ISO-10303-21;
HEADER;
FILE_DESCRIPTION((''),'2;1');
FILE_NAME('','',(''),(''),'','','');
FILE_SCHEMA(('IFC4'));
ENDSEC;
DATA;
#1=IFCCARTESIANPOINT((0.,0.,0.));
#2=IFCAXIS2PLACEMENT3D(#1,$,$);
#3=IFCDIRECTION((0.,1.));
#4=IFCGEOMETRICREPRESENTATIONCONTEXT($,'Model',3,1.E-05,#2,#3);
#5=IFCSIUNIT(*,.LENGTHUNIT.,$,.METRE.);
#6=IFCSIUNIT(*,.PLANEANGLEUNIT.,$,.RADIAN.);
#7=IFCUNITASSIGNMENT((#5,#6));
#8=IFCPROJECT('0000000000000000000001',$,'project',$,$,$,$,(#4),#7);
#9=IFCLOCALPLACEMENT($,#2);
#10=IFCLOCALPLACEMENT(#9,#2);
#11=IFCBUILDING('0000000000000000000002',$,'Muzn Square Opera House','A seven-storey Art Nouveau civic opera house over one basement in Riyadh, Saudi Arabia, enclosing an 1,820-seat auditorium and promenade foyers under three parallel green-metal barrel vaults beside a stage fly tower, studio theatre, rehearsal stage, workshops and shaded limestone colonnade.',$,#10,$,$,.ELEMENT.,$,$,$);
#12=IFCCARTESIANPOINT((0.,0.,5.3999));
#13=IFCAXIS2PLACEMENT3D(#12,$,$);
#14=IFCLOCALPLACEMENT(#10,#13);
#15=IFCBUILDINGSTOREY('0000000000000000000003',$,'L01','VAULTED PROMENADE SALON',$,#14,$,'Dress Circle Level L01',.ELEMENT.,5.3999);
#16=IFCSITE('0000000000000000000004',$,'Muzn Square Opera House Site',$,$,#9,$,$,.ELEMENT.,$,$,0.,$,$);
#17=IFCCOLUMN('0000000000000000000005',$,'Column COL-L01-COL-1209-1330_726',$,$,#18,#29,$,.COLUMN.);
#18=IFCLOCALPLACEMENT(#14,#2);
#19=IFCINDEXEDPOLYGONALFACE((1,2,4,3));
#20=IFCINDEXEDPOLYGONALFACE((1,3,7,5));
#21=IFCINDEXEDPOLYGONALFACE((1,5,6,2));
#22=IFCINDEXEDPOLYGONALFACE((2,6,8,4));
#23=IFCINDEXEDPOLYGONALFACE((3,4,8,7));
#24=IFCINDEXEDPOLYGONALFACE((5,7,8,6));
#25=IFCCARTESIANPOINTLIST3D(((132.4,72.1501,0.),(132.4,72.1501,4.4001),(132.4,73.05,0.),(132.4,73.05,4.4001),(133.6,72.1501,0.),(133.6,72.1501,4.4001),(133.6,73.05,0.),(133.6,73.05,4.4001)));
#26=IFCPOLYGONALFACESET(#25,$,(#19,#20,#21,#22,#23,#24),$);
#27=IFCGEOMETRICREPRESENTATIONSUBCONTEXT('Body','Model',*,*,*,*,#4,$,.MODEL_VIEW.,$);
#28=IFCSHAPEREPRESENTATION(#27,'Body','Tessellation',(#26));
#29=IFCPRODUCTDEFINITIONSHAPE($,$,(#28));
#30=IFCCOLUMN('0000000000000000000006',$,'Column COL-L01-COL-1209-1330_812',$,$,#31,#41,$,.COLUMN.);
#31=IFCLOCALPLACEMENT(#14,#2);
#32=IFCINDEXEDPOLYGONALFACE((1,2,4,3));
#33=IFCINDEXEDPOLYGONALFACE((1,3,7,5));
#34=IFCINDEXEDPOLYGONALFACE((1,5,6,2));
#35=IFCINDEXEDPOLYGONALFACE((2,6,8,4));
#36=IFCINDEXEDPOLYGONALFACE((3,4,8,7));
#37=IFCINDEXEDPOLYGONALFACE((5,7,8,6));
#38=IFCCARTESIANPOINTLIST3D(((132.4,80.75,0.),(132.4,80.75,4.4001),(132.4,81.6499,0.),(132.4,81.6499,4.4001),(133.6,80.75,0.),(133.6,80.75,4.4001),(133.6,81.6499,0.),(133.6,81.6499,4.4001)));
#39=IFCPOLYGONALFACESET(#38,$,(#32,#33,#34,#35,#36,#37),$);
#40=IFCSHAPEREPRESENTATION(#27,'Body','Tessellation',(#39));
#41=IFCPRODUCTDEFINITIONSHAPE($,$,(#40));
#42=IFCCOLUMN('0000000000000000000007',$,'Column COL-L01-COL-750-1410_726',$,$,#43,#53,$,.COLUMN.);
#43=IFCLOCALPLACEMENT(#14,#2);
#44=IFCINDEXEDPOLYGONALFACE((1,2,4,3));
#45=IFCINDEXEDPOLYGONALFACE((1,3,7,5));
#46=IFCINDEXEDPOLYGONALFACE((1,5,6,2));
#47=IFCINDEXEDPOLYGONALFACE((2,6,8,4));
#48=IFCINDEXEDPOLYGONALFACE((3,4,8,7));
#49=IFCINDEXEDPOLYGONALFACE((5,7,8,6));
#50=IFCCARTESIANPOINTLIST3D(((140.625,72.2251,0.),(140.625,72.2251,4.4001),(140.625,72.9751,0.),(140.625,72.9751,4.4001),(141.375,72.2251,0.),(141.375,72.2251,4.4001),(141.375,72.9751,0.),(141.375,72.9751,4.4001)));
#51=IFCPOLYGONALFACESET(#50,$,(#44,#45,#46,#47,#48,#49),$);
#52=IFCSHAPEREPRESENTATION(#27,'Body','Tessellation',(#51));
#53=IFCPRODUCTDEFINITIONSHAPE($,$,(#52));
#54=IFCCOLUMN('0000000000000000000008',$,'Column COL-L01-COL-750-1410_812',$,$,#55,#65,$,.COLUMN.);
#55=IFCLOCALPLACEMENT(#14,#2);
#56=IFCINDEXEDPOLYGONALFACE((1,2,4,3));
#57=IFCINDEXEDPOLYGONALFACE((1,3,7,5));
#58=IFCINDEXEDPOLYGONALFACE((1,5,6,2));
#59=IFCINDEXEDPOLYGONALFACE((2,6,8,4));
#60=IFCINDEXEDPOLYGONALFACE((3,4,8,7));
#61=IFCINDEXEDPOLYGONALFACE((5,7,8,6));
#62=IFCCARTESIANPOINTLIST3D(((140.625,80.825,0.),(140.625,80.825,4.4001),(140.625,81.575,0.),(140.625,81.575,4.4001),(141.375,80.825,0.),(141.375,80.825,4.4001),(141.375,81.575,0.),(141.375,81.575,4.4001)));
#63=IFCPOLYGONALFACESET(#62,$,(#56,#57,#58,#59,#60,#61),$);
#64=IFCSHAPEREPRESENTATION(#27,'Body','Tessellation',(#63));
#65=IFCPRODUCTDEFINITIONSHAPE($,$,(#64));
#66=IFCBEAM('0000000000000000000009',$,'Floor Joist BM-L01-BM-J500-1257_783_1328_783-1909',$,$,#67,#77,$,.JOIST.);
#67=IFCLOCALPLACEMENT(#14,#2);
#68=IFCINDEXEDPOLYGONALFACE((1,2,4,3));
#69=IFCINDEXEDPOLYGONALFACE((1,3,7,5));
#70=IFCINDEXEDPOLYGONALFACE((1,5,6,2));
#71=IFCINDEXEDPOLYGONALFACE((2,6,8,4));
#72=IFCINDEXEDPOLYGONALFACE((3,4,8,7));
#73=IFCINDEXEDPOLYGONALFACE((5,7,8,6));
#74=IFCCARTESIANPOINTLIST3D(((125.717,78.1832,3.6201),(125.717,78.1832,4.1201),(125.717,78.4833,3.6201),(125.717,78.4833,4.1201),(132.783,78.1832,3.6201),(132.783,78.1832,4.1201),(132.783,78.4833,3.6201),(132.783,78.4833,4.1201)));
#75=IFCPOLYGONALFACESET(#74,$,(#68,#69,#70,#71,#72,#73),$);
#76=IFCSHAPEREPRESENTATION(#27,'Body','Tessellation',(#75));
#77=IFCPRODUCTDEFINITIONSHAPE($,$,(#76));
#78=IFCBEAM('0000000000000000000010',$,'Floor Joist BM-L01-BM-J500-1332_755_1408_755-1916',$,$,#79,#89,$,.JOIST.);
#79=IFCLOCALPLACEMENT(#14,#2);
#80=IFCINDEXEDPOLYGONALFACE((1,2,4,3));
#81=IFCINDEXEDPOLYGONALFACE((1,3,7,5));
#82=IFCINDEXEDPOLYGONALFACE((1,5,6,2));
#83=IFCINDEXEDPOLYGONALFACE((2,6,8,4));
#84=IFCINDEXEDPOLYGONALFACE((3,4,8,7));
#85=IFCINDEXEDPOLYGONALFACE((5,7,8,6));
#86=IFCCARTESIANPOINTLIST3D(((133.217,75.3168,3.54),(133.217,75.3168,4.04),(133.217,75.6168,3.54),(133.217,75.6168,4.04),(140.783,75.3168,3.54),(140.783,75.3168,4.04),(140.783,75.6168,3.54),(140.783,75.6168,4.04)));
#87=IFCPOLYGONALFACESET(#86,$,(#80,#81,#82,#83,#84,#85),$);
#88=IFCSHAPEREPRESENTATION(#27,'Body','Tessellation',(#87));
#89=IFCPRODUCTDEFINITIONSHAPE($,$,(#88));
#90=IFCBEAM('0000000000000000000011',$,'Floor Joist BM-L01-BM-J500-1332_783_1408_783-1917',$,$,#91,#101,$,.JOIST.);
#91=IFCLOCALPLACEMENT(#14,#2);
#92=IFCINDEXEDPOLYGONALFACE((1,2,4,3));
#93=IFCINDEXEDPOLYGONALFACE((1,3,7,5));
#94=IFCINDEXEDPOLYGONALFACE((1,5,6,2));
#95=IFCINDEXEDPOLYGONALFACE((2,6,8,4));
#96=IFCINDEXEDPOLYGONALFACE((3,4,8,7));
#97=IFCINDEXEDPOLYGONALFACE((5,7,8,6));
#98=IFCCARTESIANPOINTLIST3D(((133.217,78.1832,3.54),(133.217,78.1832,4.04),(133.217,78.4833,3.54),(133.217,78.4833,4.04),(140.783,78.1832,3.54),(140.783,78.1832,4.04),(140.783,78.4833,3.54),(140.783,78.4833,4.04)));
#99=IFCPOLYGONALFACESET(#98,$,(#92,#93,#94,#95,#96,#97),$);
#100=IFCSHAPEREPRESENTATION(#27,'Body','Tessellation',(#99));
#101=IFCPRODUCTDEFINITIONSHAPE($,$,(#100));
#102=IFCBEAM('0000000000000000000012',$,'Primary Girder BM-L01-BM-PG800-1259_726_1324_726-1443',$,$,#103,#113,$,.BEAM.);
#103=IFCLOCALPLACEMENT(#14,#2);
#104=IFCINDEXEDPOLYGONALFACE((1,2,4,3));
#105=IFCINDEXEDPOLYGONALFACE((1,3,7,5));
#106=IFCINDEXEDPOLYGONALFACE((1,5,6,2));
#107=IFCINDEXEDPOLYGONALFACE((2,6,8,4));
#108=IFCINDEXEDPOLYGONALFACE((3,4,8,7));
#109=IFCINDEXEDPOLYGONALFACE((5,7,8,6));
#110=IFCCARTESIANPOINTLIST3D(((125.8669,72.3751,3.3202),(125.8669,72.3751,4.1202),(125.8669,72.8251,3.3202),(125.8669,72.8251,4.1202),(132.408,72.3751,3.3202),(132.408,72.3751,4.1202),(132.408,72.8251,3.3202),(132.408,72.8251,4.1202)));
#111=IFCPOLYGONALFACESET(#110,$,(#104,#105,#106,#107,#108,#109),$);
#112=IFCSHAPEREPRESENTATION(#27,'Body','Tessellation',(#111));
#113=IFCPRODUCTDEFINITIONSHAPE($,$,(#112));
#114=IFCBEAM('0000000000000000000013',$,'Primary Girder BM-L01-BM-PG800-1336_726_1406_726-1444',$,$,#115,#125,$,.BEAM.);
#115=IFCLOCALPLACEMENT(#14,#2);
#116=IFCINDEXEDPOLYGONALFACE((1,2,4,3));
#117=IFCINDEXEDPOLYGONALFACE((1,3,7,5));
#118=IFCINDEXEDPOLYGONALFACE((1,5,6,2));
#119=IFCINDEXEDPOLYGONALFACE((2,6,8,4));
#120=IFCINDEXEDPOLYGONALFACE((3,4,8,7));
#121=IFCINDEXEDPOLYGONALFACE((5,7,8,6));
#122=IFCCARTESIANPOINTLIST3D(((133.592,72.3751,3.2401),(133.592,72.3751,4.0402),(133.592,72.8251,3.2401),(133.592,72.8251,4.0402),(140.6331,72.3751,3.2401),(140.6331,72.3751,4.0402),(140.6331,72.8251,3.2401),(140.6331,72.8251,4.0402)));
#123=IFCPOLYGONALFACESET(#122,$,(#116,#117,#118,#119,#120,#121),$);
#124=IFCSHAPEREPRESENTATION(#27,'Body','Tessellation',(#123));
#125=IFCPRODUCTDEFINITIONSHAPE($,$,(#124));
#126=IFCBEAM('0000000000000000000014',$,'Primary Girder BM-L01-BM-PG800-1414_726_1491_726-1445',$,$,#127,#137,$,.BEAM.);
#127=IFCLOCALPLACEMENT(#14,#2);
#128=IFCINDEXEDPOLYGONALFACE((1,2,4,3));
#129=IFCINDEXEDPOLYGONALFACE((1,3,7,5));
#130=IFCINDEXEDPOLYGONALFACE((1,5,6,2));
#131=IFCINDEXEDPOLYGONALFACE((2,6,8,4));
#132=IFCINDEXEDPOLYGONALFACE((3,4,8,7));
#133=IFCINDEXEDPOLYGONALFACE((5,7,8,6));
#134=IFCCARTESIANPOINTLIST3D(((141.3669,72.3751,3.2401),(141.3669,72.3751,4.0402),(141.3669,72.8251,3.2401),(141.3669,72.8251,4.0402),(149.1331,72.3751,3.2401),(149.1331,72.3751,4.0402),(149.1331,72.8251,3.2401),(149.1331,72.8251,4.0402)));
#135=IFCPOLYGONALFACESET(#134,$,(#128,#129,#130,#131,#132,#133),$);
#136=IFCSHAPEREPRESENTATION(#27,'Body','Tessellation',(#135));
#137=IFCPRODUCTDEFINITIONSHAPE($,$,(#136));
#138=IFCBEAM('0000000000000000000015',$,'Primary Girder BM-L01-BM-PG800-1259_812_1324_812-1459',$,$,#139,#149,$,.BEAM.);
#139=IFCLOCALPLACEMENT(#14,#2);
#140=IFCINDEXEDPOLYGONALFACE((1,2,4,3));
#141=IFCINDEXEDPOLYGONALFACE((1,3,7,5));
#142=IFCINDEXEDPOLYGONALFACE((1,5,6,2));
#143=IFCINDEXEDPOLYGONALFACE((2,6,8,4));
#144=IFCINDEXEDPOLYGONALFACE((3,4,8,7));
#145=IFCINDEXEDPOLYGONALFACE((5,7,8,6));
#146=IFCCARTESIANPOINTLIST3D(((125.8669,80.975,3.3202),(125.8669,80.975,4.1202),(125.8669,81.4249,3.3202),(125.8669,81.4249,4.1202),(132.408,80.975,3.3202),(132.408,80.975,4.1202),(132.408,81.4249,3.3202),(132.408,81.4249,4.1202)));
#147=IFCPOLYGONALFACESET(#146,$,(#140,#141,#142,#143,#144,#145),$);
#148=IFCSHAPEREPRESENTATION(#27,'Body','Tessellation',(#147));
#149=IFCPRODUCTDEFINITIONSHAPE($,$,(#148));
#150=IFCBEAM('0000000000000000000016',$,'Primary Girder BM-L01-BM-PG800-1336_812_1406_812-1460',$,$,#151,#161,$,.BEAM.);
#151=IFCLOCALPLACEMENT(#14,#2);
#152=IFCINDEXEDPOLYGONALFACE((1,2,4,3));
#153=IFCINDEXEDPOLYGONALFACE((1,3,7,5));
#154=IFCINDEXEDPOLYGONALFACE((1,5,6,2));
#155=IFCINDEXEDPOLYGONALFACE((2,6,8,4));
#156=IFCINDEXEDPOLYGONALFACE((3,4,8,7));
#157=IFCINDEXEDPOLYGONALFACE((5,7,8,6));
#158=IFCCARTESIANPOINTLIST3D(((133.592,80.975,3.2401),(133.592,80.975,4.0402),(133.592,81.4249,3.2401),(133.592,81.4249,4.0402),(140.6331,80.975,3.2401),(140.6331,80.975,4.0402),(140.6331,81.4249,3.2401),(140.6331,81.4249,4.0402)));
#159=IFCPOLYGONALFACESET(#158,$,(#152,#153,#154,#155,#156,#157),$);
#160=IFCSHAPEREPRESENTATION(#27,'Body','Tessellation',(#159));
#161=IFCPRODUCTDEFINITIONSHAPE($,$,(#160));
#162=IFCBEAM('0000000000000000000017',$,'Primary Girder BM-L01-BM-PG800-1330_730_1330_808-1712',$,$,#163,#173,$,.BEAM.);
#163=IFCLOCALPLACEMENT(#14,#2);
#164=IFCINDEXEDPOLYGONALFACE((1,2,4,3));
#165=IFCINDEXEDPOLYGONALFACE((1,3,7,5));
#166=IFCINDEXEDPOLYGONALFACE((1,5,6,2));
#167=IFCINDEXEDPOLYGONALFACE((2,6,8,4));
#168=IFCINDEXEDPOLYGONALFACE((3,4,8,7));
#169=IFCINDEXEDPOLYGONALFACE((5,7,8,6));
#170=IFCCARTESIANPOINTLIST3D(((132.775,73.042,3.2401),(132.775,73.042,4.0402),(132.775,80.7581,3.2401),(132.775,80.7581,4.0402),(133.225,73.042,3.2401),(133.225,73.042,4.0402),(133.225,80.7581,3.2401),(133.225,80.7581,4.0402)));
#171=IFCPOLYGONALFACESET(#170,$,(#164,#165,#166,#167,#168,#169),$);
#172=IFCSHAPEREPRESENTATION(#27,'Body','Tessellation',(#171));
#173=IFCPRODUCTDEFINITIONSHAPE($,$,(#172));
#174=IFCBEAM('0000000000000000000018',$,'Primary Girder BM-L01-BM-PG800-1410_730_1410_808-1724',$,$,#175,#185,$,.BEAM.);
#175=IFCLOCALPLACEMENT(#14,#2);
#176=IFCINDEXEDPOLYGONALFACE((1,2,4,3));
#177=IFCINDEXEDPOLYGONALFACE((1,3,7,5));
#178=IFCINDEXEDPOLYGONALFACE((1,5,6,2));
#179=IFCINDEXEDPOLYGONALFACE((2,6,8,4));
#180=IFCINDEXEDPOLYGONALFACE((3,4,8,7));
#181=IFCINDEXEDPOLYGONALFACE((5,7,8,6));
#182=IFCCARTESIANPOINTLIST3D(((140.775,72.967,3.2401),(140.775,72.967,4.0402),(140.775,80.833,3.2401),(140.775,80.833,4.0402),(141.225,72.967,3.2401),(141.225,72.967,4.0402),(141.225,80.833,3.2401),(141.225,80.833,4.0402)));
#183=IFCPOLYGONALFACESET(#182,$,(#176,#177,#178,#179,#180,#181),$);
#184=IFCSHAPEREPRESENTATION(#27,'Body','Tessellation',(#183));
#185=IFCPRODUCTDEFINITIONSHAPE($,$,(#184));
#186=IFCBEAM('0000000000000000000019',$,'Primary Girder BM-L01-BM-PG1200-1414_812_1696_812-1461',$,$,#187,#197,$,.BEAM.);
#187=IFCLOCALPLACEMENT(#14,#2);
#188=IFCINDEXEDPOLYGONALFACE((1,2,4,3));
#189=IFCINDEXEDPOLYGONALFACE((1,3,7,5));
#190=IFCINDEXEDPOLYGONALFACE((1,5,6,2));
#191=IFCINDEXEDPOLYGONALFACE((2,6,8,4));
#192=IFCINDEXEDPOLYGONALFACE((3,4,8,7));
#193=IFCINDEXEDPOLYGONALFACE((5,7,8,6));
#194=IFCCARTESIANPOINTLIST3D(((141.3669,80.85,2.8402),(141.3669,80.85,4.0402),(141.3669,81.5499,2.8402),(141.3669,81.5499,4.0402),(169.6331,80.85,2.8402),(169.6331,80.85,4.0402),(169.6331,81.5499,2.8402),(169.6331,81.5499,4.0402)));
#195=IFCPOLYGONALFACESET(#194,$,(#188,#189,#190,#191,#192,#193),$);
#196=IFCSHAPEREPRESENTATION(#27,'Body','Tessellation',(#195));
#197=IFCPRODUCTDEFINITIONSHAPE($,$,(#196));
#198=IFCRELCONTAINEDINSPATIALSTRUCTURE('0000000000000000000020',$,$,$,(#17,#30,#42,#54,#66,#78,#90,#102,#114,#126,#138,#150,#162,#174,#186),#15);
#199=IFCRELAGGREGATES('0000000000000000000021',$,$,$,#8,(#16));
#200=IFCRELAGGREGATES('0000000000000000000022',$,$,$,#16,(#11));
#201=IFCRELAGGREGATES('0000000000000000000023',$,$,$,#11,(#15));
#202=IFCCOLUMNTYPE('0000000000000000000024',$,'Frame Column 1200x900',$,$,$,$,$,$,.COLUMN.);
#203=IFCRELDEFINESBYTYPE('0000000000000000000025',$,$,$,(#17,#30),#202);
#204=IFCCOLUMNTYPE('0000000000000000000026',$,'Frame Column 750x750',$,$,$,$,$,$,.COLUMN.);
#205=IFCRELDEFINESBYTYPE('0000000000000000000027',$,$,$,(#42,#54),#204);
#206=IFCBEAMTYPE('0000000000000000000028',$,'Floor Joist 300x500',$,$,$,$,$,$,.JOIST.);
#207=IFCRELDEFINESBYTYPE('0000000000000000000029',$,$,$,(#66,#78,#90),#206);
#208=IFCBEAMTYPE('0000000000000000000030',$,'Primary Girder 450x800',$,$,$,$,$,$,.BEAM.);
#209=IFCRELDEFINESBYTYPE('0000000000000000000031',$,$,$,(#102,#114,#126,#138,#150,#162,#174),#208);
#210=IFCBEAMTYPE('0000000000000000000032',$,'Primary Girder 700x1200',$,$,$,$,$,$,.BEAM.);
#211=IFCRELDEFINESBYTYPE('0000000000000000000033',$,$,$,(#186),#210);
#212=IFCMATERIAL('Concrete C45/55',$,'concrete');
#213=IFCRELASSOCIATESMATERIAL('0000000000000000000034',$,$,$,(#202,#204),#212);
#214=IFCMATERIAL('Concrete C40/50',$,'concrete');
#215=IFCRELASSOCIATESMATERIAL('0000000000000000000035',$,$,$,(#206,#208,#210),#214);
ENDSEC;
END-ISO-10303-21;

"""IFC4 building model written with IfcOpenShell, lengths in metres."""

from ifc_helpers import new_model, si_unit, direction, frame, origin, origin_2d, place, context, subcontext, project, spatial, rectangle, extrude, material, material_profile, profile_set, type_object, element, save


model = new_model("IFC4")

# Units and contexts
model_context = context("Model", 3, precision=1e-05, world=origin(), true_north=direction((0.0, 1.0)))
body_context = subcontext(model_context, "Body", "Model", "MODEL_VIEW")
ifc_project = project(units=[si_unit("LENGTHUNIT", "METRE"), si_unit("PLANEANGLEUNIT", "RADIAN")], contexts=[model_context])

# Site, building, storey
site_placement = place(None, origin())
site = spatial("IfcSite", under=ifc_project, at=site_placement, Name="Muzn Square Opera House Site", CompositionType="ELEMENT", RefElevation=0.0)
building_placement = place(site_placement, origin())
building = spatial("IfcBuilding", under=site, at=building_placement, Name="Muzn Square Opera House", Description="A seven-storey Art Nouveau civic opera house over one basement in Riyadh, Saudi Arabia, enclosing an 1,820-seat auditorium and promenade foyers under three parallel green-metal barrel vaults beside a stage fly tower, studio theatre, rehearsal stage, workshops and shaded limestone colonnade.", CompositionType="ELEMENT")
storey_placement = place(building_placement, frame((0.0, 0.0, 5.3999)))
storey = spatial("IfcBuildingStorey", under=building, at=storey_placement, Name="L01", Description="VAULTED PROMENADE SALON", LongName="Dress Circle Level L01", CompositionType="ELEMENT", Elevation=5.3999)

# Columns
ifc_material_1 = material(Name="Concrete C45/55", Category="concrete")
ifc_material_profile_1 = material_profile(ifc_material_1, rectangle(XDim=1.2, YDim=0.8999, at=origin_2d()), Name="RC 1200x900", Category="concrete")
ifc_profile_set_1 = profile_set([ifc_material_profile_1], Name="Concrete C45/55")
column_type_1 = type_object("IfcColumnType", Name="Frame Column 1200x900", PredefinedType="COLUMN", material=ifc_profile_set_1)
for number, where, z_axis, x_axis, name in (
    (1, (133.0, 72.6001, 0.0), (0.0, 0.0, 1.0), (1.0, 0.0, 0.0), "Column COL-L01-COL-1209-1330_726"),
    (2, (133.0, 81.2, 0.0), (0.0, 0.0, 1.0), (1.0, 0.0, 0.0), "Column COL-L01-COL-1209-1330_812"),
):
    element("IfcColumn", number, at=place(storey_placement, frame(where, z_axis=z_axis, x_axis=x_axis)), inside=storey, type_object=column_type_1, Name=name, PredefinedType="COLUMN", context=body_context, shape_type="SweptSolid", body=[
        extrude(rectangle(XDim=1.2, YDim=0.8999, at=origin_2d()), origin(), (0.0, 0.0, 1.0), 4.4001),
    ])
ifc_material_profile_2 = material_profile(ifc_material_1, rectangle(XDim=0.75, YDim=0.75, at=origin_2d()), Name="RC 750x750", Category="concrete")
ifc_profile_set_2 = profile_set([ifc_material_profile_2], Name="Concrete C45/55")
column_type_2 = type_object("IfcColumnType", Name="Frame Column 750x750", PredefinedType="COLUMN", material=ifc_profile_set_2)
for number, where, z_axis, x_axis, name in (
    (3, (141.0, 72.6001, 0.0), (0.0, 0.0, 1.0), (1.0, 0.0, 0.0), "Column COL-L01-COL-750-1410_726"),
    (4, (141.0, 81.2, 0.0), (0.0, 0.0, 1.0), (1.0, 0.0, 0.0), "Column COL-L01-COL-750-1410_812"),
):
    element("IfcColumn", number, at=place(storey_placement, frame(where, z_axis=z_axis, x_axis=x_axis)), inside=storey, type_object=column_type_2, Name=name, PredefinedType="COLUMN", context=body_context, shape_type="SweptSolid", body=[
        extrude(rectangle(XDim=0.75, YDim=0.75, at=origin_2d()), origin(), (0.0, 0.0, 1.0), 4.4001),
    ])

# Beams
ifc_material_2 = material(Name="Concrete C40/50", Category="concrete")
ifc_material_profile_3 = material_profile(ifc_material_2, rectangle(XDim=0.3, YDim=0.5, at=origin_2d()), Name="RCJ 300x500", Category="concrete")
ifc_profile_set_3 = profile_set([ifc_material_profile_3], Name="Concrete C40/50")
beam_type_1 = type_object("IfcBeamType", Name="Floor Joist 300x500", PredefinedType="JOIST", material=ifc_profile_set_3)
beam_1_placement = place(storey_placement, frame((125.717, 78.3333, 3.8701), z_axis=(1.0, 0.0, 0.0), x_axis=(0.0, 1.0, 0.0)))
element("IfcBeam", 5, at=beam_1_placement, inside=storey, type_object=beam_type_1, Name="Floor Joist BM-L01-BM-J500-1257_783_1328_783-1909", PredefinedType="JOIST", context=body_context, shape_type="SweptSolid", body=[
    extrude(rectangle(XDim=0.3, YDim=0.5, at=origin_2d()), origin(), (0.0, 0.0, 1.0), 7.0659),
])
for number, where, z_axis, x_axis, name in (
    (6, (133.217, 75.4668, 3.79), (1.0, 0.0, 0.0), (0.0, 1.0, 0.0), "Floor Joist BM-L01-BM-J500-1332_755_1408_755-1916"),
    (7, (133.217, 78.3333, 3.79), (1.0, 0.0, 0.0), (0.0, 1.0, 0.0), "Floor Joist BM-L01-BM-J500-1332_783_1408_783-1917"),
):
    element("IfcBeam", number, at=place(storey_placement, frame(where, z_axis=z_axis, x_axis=x_axis)), inside=storey, type_object=beam_type_1, Name=name, PredefinedType="JOIST", context=body_context, shape_type="SweptSolid", body=[
        extrude(rectangle(XDim=0.3, YDim=0.5, at=origin_2d()), origin(), (0.0, 0.0, 1.0), 7.5659),
    ])
ifc_material_profile_4 = material_profile(ifc_material_2, rectangle(XDim=0.45, YDim=0.8, at=origin_2d()), Name="RCB 450x800", Category="concrete")
ifc_profile_set_4 = profile_set([ifc_material_profile_4], Name="Concrete C40/50")
beam_type_2 = type_object("IfcBeamType", Name="Primary Girder 450x800", PredefinedType="BEAM", material=ifc_profile_set_4)
beam_2_placement = place(storey_placement, frame((125.8669, 72.6001, 3.7202), z_axis=(1.0, 0.0, 0.0), x_axis=(0.0, 1.0, 0.0)))
element("IfcBeam", 8, at=beam_2_placement, inside=storey, type_object=beam_type_2, Name="Primary Girder BM-L01-BM-PG800-1259_726_1324_726-1443", PredefinedType="BEAM", context=body_context, shape_type="SweptSolid", body=[
    extrude(rectangle(XDim=0.45, YDim=0.8, at=origin_2d()), origin(), (0.0, 0.0, 1.0), 6.541),
])
beam_3_placement = place(storey_placement, frame((133.592, 72.6001, 3.6401), z_axis=(1.0, 0.0, 0.0), x_axis=(0.0, 1.0, 0.0)))
element("IfcBeam", 9, at=beam_3_placement, inside=storey, type_object=beam_type_2, Name="Primary Girder BM-L01-BM-PG800-1336_726_1406_726-1444", PredefinedType="BEAM", context=body_context, shape_type="SweptSolid", body=[
    extrude(rectangle(XDim=0.45, YDim=0.8, at=origin_2d()), origin(), (0.0, 0.0, 1.0), 7.041),
])
beam_4_placement = place(storey_placement, frame((141.3669, 72.6001, 3.6401), z_axis=(1.0, 0.0, 0.0), x_axis=(0.0, 1.0, 0.0)))
element("IfcBeam", 10, at=beam_4_placement, inside=storey, type_object=beam_type_2, Name="Primary Girder BM-L01-BM-PG800-1414_726_1491_726-1445", PredefinedType="BEAM", context=body_context, shape_type="SweptSolid", body=[
    extrude(rectangle(XDim=0.45, YDim=0.8, at=origin_2d()), origin(), (0.0, 0.0, 1.0), 7.7661),
])
beam_5_placement = place(storey_placement, frame((125.8669, 81.2, 3.7202), z_axis=(1.0, 0.0, 0.0), x_axis=(0.0, 1.0, 0.0)))
element("IfcBeam", 11, at=beam_5_placement, inside=storey, type_object=beam_type_2, Name="Primary Girder BM-L01-BM-PG800-1259_812_1324_812-1459", PredefinedType="BEAM", context=body_context, shape_type="SweptSolid", body=[
    extrude(rectangle(XDim=0.45, YDim=0.8, at=origin_2d()), origin(), (0.0, 0.0, 1.0), 6.541),
])
beam_6_placement = place(storey_placement, frame((133.592, 81.2, 3.6401), z_axis=(1.0, 0.0, 0.0), x_axis=(0.0, 1.0, 0.0)))
element("IfcBeam", 12, at=beam_6_placement, inside=storey, type_object=beam_type_2, Name="Primary Girder BM-L01-BM-PG800-1336_812_1406_812-1460", PredefinedType="BEAM", context=body_context, shape_type="SweptSolid", body=[
    extrude(rectangle(XDim=0.45, YDim=0.8, at=origin_2d()), origin(), (0.0, 0.0, 1.0), 7.041),
])
beam_7_placement = place(storey_placement, frame((133.0, 73.042, 3.6401), z_axis=(0.0, 1.0, 0.0), x_axis=(-1.0, 0.0, 0.0)))
element("IfcBeam", 13, at=beam_7_placement, inside=storey, type_object=beam_type_2, Name="Primary Girder BM-L01-BM-PG800-1330_730_1330_808-1712", PredefinedType="BEAM", context=body_context, shape_type="SweptSolid", body=[
    extrude(rectangle(XDim=0.45, YDim=0.8, at=origin_2d()), origin(), (0.0, 0.0, 1.0), 7.7161),
])
beam_8_placement = place(storey_placement, frame((141.0, 72.967, 3.6401), z_axis=(0.0, 1.0, 0.0), x_axis=(-1.0, 0.0, 0.0)))
element("IfcBeam", 14, at=beam_8_placement, inside=storey, type_object=beam_type_2, Name="Primary Girder BM-L01-BM-PG800-1410_730_1410_808-1724", PredefinedType="BEAM", context=body_context, shape_type="SweptSolid", body=[
    extrude(rectangle(XDim=0.45, YDim=0.8, at=origin_2d()), origin(), (0.0, 0.0, 1.0), 7.866),
])
ifc_material_profile_5 = material_profile(ifc_material_2, rectangle(XDim=0.7, YDim=1.2, at=origin_2d()), Name="RCB 700x1200", Category="concrete")
ifc_profile_set_5 = profile_set([ifc_material_profile_5], Name="Concrete C40/50")
beam_type_3 = type_object("IfcBeamType", Name="Primary Girder 700x1200", PredefinedType="BEAM", material=ifc_profile_set_5)
beam_9_placement = place(storey_placement, frame((141.3669, 81.2, 3.4402), z_axis=(1.0, 0.0, 0.0), x_axis=(0.0, 1.0, 0.0)))
element("IfcBeam", 15, at=beam_9_placement, inside=storey, type_object=beam_type_3, Name="Primary Girder BM-L01-BM-PG1200-1414_812_1696_812-1461", PredefinedType="BEAM", context=body_context, shape_type="SweptSolid", body=[
    extrude(rectangle(XDim=0.7, YDim=1.2, at=origin_2d()), origin(), (0.0, 0.0, 1.0), 28.2661),
])

save(model, "model.ifc")
